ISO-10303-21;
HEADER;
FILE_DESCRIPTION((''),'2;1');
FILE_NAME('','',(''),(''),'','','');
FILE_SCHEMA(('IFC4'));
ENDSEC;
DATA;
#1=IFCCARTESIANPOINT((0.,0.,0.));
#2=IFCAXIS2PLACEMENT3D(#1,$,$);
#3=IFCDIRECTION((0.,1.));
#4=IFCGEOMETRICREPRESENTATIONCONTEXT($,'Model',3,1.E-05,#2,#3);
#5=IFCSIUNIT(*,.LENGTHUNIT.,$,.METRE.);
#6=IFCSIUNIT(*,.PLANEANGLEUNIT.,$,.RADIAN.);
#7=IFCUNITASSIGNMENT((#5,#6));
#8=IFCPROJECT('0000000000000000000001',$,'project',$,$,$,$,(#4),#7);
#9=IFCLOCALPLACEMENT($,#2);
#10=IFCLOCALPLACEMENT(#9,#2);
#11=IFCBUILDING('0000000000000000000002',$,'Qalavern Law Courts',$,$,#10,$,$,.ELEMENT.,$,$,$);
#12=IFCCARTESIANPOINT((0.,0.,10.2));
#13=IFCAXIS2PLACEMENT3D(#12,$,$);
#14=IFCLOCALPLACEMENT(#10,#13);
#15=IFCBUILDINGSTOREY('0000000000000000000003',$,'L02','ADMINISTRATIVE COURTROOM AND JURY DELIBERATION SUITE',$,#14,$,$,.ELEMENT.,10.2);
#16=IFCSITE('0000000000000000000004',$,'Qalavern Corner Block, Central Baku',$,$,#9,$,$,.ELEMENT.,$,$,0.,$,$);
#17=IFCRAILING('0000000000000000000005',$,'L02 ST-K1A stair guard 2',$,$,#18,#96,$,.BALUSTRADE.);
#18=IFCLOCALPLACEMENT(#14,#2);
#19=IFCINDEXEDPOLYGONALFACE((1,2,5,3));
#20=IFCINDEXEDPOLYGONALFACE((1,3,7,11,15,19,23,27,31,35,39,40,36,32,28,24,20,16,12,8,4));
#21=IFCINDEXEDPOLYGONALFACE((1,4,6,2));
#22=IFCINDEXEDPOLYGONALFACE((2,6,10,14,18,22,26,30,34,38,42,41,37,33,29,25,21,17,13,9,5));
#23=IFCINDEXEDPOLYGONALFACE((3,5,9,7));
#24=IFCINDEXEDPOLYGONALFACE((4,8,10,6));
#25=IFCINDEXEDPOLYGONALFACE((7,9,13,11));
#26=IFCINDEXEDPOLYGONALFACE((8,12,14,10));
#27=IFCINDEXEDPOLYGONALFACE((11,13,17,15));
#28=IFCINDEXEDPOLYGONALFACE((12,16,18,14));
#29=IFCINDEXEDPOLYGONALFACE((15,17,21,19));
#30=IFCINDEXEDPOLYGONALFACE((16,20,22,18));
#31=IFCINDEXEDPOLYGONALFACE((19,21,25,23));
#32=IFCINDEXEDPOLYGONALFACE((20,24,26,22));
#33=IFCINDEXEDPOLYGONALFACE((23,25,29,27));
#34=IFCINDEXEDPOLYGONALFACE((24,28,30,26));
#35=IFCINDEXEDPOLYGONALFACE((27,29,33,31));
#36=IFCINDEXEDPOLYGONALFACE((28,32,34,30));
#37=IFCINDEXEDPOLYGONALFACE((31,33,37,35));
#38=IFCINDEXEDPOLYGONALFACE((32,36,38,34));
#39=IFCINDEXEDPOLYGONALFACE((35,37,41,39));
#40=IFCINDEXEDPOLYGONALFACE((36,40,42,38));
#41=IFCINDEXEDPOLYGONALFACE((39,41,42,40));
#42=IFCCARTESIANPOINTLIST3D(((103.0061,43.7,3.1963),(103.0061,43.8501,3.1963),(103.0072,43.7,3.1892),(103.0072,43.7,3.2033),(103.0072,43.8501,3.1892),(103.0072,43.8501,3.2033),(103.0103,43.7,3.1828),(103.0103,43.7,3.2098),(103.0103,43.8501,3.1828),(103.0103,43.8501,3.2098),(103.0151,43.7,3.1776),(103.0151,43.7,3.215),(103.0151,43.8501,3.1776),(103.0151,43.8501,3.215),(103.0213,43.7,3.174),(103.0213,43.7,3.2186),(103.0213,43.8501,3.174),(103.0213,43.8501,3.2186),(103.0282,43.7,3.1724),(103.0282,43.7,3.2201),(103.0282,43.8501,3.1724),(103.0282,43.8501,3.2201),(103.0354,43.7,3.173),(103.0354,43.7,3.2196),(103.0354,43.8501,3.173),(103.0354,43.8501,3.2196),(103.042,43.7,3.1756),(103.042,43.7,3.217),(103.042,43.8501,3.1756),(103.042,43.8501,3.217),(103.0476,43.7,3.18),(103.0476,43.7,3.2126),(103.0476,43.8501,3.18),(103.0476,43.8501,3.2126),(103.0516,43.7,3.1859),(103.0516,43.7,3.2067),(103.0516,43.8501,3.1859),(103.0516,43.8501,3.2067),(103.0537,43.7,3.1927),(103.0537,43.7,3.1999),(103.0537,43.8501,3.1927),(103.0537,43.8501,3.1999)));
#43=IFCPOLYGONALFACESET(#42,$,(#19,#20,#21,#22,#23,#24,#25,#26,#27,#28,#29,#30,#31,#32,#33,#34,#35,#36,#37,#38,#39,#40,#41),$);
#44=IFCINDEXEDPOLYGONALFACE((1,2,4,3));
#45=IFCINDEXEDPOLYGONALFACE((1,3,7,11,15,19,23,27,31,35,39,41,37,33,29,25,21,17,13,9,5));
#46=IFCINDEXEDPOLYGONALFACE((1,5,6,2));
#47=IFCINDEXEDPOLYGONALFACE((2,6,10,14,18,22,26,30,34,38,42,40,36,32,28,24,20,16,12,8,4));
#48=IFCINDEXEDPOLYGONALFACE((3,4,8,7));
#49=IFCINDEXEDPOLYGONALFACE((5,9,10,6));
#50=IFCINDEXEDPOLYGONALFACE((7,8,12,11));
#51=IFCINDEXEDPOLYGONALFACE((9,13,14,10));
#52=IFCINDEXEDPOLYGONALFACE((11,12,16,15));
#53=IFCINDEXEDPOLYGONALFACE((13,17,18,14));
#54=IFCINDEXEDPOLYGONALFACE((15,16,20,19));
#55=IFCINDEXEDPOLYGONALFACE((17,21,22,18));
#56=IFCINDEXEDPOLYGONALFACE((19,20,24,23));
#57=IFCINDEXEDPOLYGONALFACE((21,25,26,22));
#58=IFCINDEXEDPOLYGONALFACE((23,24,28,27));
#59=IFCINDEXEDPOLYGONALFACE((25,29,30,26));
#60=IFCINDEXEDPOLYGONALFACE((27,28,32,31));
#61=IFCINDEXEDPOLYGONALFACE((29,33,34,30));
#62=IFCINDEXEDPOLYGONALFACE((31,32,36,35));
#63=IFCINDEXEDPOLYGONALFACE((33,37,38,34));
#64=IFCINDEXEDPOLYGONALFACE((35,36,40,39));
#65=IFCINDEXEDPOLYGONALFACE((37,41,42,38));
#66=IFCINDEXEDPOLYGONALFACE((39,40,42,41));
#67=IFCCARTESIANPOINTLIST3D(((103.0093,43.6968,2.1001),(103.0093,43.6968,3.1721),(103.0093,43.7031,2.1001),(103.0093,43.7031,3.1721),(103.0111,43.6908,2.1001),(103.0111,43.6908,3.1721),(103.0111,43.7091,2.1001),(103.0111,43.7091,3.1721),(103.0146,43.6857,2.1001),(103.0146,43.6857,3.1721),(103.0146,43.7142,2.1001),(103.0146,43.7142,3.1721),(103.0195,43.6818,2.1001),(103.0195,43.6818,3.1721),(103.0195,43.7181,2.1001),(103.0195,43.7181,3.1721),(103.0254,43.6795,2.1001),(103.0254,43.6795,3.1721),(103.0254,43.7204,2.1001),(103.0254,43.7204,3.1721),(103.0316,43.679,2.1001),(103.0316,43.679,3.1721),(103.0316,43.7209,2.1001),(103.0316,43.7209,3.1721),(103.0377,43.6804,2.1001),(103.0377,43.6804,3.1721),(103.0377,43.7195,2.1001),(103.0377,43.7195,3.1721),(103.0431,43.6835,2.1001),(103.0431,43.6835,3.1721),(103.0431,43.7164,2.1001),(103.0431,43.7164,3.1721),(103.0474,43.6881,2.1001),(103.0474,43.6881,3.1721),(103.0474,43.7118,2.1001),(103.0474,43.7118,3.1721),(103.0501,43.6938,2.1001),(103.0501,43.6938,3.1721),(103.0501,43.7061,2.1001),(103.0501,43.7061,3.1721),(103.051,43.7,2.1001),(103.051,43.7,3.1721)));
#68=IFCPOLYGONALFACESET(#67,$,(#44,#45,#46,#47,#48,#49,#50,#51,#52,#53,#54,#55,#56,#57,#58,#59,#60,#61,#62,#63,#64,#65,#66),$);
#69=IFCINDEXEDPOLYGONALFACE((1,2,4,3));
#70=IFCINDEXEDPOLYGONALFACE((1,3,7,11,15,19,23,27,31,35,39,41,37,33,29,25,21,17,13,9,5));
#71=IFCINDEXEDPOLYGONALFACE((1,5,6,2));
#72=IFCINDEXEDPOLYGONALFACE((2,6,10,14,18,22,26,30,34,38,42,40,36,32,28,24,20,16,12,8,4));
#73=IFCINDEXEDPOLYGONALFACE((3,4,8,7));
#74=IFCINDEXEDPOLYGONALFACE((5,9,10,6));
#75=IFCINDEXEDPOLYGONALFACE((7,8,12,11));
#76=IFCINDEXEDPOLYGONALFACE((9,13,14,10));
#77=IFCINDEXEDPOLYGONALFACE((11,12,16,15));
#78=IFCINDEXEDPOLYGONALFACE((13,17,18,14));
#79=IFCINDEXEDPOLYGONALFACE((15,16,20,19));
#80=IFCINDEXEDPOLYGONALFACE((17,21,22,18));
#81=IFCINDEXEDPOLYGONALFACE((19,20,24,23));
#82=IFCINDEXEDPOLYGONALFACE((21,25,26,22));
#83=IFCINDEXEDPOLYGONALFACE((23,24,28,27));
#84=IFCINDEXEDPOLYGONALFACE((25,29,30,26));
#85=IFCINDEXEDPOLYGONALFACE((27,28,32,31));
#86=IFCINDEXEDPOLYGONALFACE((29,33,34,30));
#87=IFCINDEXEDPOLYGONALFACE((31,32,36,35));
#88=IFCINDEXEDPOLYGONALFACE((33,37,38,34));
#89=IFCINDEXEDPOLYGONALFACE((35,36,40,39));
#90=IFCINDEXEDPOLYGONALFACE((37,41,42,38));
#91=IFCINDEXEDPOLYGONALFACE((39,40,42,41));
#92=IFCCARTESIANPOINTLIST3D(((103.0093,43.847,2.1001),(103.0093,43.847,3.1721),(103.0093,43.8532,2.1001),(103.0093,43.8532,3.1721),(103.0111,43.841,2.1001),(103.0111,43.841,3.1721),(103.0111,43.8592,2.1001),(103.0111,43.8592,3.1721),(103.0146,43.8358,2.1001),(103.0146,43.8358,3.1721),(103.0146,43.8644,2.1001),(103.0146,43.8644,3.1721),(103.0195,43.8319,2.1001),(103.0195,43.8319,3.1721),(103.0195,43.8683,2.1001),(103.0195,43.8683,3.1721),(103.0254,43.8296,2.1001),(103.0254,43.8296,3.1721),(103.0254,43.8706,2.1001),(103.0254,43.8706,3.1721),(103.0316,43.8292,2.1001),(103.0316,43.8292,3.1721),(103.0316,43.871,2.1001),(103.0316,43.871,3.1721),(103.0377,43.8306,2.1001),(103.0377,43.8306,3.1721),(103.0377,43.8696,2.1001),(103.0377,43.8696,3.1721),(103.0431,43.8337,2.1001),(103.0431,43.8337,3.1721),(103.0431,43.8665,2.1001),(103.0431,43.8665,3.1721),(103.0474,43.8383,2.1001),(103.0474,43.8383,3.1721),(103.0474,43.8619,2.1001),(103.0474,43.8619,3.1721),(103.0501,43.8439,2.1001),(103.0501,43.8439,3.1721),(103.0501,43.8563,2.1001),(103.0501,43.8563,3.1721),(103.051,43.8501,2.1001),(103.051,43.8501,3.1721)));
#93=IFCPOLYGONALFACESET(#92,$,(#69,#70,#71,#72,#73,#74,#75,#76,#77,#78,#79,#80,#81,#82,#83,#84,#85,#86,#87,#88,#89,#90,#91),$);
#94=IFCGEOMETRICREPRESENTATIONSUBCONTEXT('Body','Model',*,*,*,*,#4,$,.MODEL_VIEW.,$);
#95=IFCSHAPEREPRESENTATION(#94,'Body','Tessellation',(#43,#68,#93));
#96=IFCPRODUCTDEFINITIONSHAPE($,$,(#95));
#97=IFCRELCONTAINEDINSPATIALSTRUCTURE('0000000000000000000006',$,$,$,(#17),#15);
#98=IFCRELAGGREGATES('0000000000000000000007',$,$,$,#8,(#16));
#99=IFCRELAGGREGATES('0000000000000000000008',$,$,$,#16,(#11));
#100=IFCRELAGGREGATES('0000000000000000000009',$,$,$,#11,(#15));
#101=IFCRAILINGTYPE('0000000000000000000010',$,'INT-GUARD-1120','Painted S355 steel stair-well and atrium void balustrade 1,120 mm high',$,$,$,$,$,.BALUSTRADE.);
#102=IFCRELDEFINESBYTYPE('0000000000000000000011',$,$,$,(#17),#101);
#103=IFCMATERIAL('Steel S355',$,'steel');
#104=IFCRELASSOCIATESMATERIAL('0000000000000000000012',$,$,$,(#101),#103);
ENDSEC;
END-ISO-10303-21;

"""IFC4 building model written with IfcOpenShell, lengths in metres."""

from ifc_helpers import new_model, si_unit, direction, frame, origin, origin_2d, place, context, subcontext, project, spatial, circle, extrude, material, type_object, element, save


model = new_model("IFC4")

# Units and contexts
model_context = context("Model", 3, precision=1e-05, world=origin(), true_north=direction((0.0, 1.0)))
body_context = subcontext(model_context, "Body", "Model", "MODEL_VIEW")
ifc_project = project(units=[si_unit("LENGTHUNIT", "METRE"), si_unit("PLANEANGLEUNIT", "RADIAN")], contexts=[model_context])

# Site, building, storey
site_placement = place(None, origin())
site = spatial("IfcSite", under=ifc_project, at=site_placement, Name="Qalavern Corner Block, Central Baku", CompositionType="ELEMENT", RefElevation=0.0)
building_placement = place(site_placement, origin())
building = spatial("IfcBuilding", under=site, at=building_placement, Name="Qalavern Law Courts", CompositionType="ELEMENT")
storey_placement = place(building_placement, frame((0.0, 0.0, 10.2)))
storey = spatial("IfcBuildingStorey", under=building, at=storey_placement, Name="L02", Description="ADMINISTRATIVE COURTROOM AND JURY DELIBERATION SUITE", CompositionType="ELEMENT", Elevation=10.2)

# Shared definitions
ifc_material_1 = material(Name="Steel S355", Category="steel")

# Railing
railing_type = type_object("IfcRailingType", Name="INT-GUARD-1120", Description="Painted S355 steel stair-well and atrium void balustrade 1,120 mm high", PredefinedType="BALUSTRADE", material=ifc_material_1)
railing_1_placement = place(storey_placement, frame((103.03, 43.7, 2.1001)))
element("IfcRailing", 1, at=railing_1_placement, inside=storey, type_object=railing_type, Name="L02 ST-K1A stair guard 2", PredefinedType="BALUSTRADE", context=body_context, shape_type="SweptSolid", body=[
    extrude(circle(Radius=0.0239, at=origin_2d()), frame((0.0, 0.0, 1.0962), z_axis=(0.0, 1.0, 0.0), x_axis=(-1.0, 0.0, 0.0)), (0.0, 0.0, 1.0), 0.1501),
    extrude(circle(Radius=0.021, at=origin_2d()), origin(), (0.0, 0.0, 1.0), 1.072),
    extrude(circle(Radius=0.021, at=origin_2d()), frame((0.0, 0.1501, 0.0)), (0.0, 0.0, 1.0), 1.072),
])

save(model, "model.ifc")
